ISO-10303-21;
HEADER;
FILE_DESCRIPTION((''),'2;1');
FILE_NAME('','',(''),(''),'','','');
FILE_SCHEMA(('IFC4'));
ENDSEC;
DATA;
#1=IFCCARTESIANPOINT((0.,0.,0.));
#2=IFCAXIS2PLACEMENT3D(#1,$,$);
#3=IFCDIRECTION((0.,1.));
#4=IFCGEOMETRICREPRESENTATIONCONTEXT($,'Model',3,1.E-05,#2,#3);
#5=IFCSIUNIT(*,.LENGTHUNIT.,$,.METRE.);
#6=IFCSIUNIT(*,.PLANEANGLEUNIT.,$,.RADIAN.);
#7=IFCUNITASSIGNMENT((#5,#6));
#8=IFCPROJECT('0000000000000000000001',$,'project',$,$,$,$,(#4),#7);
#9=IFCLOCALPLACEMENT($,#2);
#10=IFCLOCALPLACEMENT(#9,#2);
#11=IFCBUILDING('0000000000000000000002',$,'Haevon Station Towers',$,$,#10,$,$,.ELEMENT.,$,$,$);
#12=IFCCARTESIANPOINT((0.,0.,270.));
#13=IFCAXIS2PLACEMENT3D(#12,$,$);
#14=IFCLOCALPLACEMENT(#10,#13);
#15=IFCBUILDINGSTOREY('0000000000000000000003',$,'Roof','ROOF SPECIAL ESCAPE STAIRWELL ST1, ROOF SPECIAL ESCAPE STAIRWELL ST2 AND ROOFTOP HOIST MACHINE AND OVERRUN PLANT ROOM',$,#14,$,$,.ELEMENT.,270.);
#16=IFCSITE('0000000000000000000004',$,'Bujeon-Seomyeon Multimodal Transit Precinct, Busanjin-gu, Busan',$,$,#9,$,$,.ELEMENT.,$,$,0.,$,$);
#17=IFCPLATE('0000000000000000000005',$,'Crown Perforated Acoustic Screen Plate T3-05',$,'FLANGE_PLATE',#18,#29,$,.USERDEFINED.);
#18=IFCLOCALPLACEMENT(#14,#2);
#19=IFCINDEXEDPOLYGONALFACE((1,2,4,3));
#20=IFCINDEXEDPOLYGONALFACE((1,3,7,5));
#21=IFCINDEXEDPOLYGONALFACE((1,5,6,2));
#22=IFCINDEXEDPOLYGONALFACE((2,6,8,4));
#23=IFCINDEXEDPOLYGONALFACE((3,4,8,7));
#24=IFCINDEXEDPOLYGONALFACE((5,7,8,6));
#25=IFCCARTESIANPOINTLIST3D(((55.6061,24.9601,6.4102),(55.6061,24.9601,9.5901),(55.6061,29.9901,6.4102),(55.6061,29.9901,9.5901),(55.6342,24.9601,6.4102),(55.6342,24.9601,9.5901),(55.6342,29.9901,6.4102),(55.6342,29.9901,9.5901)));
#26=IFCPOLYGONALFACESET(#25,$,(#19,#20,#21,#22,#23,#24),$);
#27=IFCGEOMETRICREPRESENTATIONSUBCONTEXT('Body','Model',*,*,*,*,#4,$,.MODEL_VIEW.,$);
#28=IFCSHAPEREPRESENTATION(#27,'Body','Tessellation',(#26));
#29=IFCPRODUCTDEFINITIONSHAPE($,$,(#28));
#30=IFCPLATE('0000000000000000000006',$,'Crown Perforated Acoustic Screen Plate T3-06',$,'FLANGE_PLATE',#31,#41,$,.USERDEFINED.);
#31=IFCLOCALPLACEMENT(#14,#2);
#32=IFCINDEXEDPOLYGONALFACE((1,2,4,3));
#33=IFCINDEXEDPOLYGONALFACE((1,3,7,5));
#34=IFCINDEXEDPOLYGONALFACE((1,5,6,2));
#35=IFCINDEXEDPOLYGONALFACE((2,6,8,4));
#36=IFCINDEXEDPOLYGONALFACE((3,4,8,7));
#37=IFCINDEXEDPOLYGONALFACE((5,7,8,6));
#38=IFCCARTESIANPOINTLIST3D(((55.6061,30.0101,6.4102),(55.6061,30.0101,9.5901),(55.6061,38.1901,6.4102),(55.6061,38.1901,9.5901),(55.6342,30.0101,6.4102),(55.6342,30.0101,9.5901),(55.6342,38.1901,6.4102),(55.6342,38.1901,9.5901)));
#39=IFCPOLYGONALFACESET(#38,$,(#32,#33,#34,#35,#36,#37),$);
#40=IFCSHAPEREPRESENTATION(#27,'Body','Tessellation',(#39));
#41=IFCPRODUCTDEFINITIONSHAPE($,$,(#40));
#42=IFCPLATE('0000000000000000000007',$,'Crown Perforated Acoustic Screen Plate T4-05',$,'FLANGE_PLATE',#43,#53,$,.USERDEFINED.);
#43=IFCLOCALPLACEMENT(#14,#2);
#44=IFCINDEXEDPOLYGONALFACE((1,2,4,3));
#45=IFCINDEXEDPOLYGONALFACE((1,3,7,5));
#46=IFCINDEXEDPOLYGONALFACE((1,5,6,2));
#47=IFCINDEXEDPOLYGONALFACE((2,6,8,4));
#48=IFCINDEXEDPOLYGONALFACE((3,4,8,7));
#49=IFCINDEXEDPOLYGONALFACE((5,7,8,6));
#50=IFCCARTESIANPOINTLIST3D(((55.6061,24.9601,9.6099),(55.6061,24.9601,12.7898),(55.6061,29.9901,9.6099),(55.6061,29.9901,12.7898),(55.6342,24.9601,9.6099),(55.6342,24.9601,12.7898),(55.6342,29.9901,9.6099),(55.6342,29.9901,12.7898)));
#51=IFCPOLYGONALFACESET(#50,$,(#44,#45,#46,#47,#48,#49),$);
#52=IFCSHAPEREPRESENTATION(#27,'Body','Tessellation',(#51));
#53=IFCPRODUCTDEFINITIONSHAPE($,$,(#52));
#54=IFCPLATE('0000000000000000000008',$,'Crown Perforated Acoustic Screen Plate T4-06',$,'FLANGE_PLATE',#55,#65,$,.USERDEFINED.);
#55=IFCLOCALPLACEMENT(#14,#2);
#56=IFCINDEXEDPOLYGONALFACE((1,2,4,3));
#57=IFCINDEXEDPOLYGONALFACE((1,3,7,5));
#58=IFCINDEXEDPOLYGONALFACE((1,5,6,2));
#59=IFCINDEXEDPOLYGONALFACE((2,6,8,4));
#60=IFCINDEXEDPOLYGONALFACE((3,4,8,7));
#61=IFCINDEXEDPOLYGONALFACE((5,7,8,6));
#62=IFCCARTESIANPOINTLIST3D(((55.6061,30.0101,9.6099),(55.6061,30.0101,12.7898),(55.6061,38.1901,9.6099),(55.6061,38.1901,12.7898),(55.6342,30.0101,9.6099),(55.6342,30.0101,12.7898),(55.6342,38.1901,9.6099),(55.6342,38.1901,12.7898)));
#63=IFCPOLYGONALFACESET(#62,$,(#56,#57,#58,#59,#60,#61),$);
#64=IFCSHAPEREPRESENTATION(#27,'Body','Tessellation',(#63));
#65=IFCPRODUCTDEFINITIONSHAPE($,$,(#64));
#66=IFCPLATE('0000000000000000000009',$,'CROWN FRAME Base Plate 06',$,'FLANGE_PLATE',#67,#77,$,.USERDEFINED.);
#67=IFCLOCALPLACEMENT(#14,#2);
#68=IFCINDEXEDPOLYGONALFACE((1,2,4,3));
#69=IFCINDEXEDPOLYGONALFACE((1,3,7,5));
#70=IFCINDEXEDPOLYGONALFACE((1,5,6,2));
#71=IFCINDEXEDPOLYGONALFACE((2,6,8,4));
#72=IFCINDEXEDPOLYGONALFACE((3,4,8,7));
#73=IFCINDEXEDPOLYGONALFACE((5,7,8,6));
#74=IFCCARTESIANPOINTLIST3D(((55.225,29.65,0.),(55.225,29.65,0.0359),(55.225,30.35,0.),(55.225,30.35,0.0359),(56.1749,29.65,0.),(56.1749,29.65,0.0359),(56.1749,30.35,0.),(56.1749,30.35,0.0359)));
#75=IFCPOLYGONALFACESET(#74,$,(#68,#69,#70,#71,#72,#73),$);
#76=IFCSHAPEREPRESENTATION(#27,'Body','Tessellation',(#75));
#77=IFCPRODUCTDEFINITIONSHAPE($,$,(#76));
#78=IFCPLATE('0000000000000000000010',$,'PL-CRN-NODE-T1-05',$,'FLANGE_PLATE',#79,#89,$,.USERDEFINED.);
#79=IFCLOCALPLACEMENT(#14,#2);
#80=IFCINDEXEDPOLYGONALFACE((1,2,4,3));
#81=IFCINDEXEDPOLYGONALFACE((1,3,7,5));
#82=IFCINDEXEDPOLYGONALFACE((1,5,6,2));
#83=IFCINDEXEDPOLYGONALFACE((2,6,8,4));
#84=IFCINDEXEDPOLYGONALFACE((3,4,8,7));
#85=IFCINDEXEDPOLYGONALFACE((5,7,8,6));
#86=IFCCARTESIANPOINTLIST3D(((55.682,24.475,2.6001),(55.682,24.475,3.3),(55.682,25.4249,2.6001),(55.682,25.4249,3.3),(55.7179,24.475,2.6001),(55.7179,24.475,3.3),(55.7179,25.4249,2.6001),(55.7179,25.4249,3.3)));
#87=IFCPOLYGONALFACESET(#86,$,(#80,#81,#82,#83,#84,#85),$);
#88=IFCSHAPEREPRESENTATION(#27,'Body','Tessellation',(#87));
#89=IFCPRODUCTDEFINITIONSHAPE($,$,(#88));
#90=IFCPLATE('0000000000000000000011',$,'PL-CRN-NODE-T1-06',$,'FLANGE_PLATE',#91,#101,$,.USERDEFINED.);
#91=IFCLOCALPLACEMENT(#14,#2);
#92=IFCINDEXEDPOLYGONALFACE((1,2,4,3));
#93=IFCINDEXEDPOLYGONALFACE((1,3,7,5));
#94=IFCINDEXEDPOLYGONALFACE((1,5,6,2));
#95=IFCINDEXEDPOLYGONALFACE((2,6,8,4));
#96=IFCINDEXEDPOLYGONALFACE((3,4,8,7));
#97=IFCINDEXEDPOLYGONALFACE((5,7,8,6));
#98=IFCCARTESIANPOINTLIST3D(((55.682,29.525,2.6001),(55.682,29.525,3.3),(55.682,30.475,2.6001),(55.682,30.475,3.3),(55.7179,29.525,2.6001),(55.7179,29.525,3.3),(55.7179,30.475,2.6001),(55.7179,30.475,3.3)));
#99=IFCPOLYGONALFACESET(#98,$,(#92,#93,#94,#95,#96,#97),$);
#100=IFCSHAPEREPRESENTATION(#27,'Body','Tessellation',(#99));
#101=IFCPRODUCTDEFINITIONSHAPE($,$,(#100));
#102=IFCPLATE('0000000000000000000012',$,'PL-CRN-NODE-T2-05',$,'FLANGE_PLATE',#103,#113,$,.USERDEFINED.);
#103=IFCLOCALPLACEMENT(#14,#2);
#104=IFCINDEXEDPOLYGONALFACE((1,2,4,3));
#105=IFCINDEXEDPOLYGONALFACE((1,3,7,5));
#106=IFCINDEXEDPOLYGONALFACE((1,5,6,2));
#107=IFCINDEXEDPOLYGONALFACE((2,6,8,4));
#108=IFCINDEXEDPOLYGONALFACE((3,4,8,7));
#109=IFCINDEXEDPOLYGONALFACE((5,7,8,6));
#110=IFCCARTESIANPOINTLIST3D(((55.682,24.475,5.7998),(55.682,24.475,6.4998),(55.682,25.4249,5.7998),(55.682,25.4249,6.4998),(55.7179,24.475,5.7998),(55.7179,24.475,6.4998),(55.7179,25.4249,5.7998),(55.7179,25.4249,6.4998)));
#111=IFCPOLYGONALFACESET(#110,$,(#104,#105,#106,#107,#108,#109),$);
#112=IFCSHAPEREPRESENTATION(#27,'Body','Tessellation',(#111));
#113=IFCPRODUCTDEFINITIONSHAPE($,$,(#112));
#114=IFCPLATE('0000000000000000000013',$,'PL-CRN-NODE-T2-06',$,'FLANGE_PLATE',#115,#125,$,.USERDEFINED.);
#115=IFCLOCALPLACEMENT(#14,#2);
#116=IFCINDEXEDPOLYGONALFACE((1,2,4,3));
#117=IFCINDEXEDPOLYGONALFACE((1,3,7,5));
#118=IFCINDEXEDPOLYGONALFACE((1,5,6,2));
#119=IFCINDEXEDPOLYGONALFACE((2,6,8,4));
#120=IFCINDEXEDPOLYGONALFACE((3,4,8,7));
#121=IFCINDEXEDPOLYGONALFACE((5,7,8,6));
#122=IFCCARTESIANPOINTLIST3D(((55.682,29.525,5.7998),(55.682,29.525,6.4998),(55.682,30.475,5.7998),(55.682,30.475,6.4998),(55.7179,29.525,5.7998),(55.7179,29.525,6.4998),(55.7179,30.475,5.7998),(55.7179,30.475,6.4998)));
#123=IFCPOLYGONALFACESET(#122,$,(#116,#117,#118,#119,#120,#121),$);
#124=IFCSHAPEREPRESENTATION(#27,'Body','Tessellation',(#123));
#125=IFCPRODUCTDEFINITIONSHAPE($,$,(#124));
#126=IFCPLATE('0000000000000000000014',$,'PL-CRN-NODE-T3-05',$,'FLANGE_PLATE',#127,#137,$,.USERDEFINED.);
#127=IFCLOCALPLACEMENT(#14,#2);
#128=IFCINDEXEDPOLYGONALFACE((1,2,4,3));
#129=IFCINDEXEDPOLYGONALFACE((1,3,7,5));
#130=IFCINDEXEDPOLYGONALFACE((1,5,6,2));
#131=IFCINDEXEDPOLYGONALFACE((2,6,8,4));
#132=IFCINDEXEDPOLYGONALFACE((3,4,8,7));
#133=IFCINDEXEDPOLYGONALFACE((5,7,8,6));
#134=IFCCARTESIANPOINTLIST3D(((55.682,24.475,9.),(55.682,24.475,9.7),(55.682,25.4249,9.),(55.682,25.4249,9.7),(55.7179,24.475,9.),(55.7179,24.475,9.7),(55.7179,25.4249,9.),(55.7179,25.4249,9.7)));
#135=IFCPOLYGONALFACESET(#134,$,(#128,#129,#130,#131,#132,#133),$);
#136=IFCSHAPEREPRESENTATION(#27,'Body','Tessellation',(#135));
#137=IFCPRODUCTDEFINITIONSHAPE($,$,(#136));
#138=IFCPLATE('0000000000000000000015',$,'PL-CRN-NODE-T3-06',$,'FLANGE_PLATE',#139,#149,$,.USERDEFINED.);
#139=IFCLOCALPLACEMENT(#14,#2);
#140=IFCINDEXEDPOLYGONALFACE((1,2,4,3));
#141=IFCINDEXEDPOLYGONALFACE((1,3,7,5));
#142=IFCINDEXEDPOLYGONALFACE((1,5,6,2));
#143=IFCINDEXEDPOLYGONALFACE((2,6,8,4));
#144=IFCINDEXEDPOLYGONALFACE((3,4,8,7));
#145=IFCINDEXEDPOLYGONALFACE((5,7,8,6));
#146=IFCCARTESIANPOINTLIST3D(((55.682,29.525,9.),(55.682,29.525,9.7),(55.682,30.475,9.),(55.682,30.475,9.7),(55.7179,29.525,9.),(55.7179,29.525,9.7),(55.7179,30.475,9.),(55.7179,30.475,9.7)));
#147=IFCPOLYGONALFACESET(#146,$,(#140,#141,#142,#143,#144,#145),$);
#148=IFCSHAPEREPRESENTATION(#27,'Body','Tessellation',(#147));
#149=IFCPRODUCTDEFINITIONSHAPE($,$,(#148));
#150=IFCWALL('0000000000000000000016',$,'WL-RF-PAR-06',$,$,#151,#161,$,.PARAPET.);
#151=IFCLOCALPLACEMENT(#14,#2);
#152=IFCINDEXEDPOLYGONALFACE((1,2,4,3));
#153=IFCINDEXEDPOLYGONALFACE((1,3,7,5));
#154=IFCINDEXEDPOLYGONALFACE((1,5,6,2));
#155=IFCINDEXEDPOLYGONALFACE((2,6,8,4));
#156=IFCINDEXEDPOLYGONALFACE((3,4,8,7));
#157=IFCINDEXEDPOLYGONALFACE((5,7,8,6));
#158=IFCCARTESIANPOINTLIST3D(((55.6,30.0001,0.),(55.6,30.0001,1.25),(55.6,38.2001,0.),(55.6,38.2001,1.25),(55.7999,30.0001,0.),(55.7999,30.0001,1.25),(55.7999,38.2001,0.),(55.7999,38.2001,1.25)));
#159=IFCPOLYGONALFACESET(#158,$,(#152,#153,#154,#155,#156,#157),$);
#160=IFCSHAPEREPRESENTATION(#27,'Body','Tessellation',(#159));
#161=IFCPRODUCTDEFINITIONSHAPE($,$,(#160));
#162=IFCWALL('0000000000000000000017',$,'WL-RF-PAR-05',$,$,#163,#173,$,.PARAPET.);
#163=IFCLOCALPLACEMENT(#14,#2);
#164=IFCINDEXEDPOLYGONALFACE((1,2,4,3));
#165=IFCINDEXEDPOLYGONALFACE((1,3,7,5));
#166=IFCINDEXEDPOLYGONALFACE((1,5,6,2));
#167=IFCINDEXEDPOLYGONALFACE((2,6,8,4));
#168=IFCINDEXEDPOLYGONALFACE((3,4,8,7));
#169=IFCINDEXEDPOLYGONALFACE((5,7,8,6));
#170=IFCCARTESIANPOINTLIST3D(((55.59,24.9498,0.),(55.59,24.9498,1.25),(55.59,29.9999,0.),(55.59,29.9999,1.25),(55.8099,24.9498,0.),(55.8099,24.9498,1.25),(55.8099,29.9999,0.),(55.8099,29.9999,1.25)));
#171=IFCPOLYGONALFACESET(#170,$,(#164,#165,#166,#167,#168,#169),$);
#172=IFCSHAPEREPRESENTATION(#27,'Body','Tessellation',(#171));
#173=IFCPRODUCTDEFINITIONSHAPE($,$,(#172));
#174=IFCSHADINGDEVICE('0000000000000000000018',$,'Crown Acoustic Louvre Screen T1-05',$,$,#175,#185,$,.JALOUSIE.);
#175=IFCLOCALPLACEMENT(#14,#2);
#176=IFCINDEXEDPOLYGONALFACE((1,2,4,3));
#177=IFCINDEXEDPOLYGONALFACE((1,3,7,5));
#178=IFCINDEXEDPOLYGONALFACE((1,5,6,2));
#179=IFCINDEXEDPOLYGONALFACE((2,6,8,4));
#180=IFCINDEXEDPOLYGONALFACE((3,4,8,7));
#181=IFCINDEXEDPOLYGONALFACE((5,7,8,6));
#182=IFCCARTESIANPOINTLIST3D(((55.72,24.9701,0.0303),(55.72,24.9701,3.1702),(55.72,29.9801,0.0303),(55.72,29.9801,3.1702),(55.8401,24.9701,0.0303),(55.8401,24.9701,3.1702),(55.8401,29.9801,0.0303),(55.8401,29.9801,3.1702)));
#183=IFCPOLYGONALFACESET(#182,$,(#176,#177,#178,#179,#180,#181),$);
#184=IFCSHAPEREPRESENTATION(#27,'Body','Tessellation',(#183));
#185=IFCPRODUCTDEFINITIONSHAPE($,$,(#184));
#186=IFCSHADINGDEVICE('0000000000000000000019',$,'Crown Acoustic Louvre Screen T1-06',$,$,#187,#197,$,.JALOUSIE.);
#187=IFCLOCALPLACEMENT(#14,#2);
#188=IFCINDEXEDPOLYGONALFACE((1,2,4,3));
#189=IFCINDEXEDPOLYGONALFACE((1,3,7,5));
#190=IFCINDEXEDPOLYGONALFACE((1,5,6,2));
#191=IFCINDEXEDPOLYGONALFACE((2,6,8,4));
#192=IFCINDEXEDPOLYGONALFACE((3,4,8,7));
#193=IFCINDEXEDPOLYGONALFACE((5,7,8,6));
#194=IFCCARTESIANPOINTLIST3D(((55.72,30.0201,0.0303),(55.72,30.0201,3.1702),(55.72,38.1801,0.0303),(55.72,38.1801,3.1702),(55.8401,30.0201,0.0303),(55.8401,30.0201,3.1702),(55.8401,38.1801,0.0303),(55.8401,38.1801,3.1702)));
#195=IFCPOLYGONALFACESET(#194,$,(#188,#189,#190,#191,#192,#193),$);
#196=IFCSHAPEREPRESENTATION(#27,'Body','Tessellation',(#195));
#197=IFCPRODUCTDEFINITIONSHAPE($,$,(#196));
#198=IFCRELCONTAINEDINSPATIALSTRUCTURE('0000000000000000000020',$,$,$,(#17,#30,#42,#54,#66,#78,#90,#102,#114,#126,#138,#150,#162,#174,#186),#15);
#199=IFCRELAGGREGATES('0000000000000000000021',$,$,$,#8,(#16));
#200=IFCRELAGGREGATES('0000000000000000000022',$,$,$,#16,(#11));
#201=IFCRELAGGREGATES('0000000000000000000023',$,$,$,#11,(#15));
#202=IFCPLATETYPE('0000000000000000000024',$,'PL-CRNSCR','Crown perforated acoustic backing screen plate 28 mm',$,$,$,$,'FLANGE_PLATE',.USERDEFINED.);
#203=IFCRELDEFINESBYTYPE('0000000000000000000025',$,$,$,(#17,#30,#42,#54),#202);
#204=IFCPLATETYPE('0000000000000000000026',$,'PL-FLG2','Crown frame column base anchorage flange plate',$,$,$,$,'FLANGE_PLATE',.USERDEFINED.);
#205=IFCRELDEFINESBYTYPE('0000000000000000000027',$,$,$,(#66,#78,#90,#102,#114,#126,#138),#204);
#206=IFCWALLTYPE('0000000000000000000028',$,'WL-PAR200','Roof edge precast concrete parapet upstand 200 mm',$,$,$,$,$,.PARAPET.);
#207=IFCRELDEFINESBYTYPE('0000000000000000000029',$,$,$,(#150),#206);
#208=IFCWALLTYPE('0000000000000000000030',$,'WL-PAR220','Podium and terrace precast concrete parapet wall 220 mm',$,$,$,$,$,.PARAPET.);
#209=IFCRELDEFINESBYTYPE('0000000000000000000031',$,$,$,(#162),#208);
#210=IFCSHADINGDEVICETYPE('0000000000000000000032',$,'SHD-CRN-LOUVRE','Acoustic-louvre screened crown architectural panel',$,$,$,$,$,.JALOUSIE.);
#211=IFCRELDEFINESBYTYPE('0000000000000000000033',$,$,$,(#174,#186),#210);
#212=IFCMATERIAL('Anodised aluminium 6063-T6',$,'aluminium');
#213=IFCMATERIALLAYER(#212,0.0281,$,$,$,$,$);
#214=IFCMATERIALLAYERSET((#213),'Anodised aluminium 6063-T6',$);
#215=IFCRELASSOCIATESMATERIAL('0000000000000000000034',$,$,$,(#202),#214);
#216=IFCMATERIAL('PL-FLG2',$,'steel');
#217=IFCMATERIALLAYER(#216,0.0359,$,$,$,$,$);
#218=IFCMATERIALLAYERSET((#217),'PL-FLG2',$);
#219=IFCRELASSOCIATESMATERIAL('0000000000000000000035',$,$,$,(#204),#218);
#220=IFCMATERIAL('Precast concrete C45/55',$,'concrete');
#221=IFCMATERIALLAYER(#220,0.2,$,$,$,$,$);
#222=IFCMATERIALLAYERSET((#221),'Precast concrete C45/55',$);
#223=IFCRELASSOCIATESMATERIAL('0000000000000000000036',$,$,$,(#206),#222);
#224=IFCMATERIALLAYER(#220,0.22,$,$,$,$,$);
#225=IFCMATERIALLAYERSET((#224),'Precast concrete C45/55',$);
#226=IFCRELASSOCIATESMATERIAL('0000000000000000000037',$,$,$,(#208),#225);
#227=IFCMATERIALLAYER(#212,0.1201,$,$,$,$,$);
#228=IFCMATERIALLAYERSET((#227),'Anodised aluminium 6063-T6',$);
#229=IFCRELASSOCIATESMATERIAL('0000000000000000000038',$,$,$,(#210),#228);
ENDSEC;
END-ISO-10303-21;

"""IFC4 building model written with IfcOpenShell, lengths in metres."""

from ifc_helpers import new_model, si_unit, direction, frame, frame_2d, origin, origin_2d, place, context, subcontext, project, spatial, rectangle, extrude, material, layer, layer_set, type_object, element, save


model = new_model("IFC4")

# Units and contexts
model_context = context("Model", 3, precision=1e-05, world=origin(), true_north=direction((0.0, 1.0)))
body_context = subcontext(model_context, "Body", "Model", "MODEL_VIEW")
ifc_project = project(units=[si_unit("LENGTHUNIT", "METRE"), si_unit("PLANEANGLEUNIT", "RADIAN")], contexts=[model_context])

# Site, building, storey
site_placement = place(None, origin())
site = spatial("IfcSite", under=ifc_project, at=site_placement, Name="Bujeon-Seomyeon Multimodal Transit Precinct, Busanjin-gu, Busan", CompositionType="ELEMENT", RefElevation=0.0)
building_placement = place(site_placement, origin())
building = spatial("IfcBuilding", under=site, at=building_placement, Name="Haevon Station Towers", CompositionType="ELEMENT")
storey_placement = place(building_placement, frame((0.0, 0.0, 270.0)))
storey = spatial("IfcBuildingStorey", under=building, at=storey_placement, Name="Roof", Description="ROOF SPECIAL ESCAPE STAIRWELL ST1, ROOF SPECIAL ESCAPE STAIRWELL ST2 AND ROOFTOP HOIST MACHINE AND OVERRUN PLANT ROOM", CompositionType="ELEMENT", Elevation=270.0)

# Plates
ifc_material_1 = material(Name="Anodised aluminium 6063-T6", Category="aluminium")
ifc_layer_1 = layer(ifc_material_1, 0.0281)
ifc_layer_set_1 = layer_set([ifc_layer_1], Name="Anodised aluminium 6063-T6")
plate_type_1 = type_object("IfcPlateType", Name="PL-CRNSCR", Description="Crown perforated acoustic backing screen plate 28 mm", ElementType="FLANGE_PLATE", PredefinedType="USERDEFINED", material=ifc_layer_set_1)
plate_1_placement = place(storey_placement, frame((55.6201, 27.4751, 6.4102), z_axis=(0.0, 0.0, 1.0), x_axis=(0.0, 1.0, 0.0)))
element("IfcPlate", 1, at=plate_1_placement, inside=storey, type_object=plate_type_1, Name="Crown Perforated Acoustic Screen Plate T3-05", ObjectType="FLANGE_PLATE", PredefinedType="USERDEFINED", context=body_context, shape_type="SweptSolid", body=[
    extrude(rectangle(XDim=5.03, YDim=0.0281, at=origin_2d()), origin(), (0.0, 0.0, 1.0), 3.1799),
])
plate_2_placement = place(storey_placement, frame((55.6201, 34.1001, 6.4102), z_axis=(0.0, 0.0, 1.0), x_axis=(0.0, 1.0, 0.0)))
element("IfcPlate", 2, at=plate_2_placement, inside=storey, type_object=plate_type_1, Name="Crown Perforated Acoustic Screen Plate T3-06", ObjectType="FLANGE_PLATE", PredefinedType="USERDEFINED", context=body_context, shape_type="SweptSolid", body=[
    extrude(rectangle(XDim=8.1799, YDim=0.0281, at=origin_2d()), origin(), (0.0, 0.0, 1.0), 3.1799),
])
plate_3_placement = place(storey_placement, frame((55.6201, 27.4751, 9.6099), z_axis=(0.0, 0.0, 1.0), x_axis=(0.0, 1.0, 0.0)))
element("IfcPlate", 3, at=plate_3_placement, inside=storey, type_object=plate_type_1, Name="Crown Perforated Acoustic Screen Plate T4-05", ObjectType="FLANGE_PLATE", PredefinedType="USERDEFINED", context=body_context, shape_type="SweptSolid", body=[
    extrude(rectangle(XDim=5.03, YDim=0.0281, at=origin_2d()), origin(), (0.0, 0.0, 1.0), 3.1799),
])
plate_4_placement = place(storey_placement, frame((55.6201, 34.1001, 9.6099), z_axis=(0.0, 0.0, 1.0), x_axis=(0.0, 1.0, 0.0)))
element("IfcPlate", 4, at=plate_4_placement, inside=storey, type_object=plate_type_1, Name="Crown Perforated Acoustic Screen Plate T4-06", ObjectType="FLANGE_PLATE", PredefinedType="USERDEFINED", context=body_context, shape_type="SweptSolid", body=[
    extrude(rectangle(XDim=8.1799, YDim=0.0281, at=origin_2d()), origin(), (0.0, 0.0, 1.0), 3.1799),
])
ifc_material_2 = material(Name="PL-FLG2", Category="steel")
ifc_layer_2 = layer(ifc_material_2, 0.0359)
ifc_layer_set_2 = layer_set([ifc_layer_2], Name="PL-FLG2")
plate_type_2 = type_object("IfcPlateType", Name="PL-FLG2", Description="Crown frame column base anchorage flange plate", ElementType="FLANGE_PLATE", PredefinedType="USERDEFINED", material=ifc_layer_set_2)
plate_5_placement = place(storey_placement, frame((55.7, 30.0, 0.0), z_axis=(0.0, 0.0, 1.0), x_axis=(1.0, 0.0, 0.0)))
element("IfcPlate", 5, at=plate_5_placement, inside=storey, type_object=plate_type_2, Name="CROWN FRAME Base Plate 06", ObjectType="FLANGE_PLATE", PredefinedType="USERDEFINED", context=body_context, shape_type="SweptSolid", body=[
    extrude(rectangle(XDim=0.95, YDim=0.7, at=origin_2d()), origin(), (0.0, 0.0, 1.0), 0.0359),
])
for number, where, z_axis, x_axis, name in (
    (6, (55.7, 24.95, 2.6001), (0.0, 0.0, 1.0), (0.0, 1.0, 0.0), "PL-CRN-NODE-T1-05"),
    (7, (55.7, 30.0, 2.6001), (0.0, 0.0, 1.0), (0.0, 1.0, 0.0), "PL-CRN-NODE-T1-06"),
    (8, (55.7, 24.95, 5.7998), (0.0, 0.0, 1.0), (0.0, 1.0, 0.0), "PL-CRN-NODE-T2-05"),
    (9, (55.7, 30.0, 5.7998), (0.0, 0.0, 1.0), (0.0, 1.0, 0.0), "PL-CRN-NODE-T2-06"),
    (10, (55.7, 24.95, 9.0), (0.0, 0.0, 1.0), (0.0, 1.0, 0.0), "PL-CRN-NODE-T3-05"),
    (11, (55.7, 30.0, 9.0), (0.0, 0.0, 1.0), (0.0, 1.0, 0.0), "PL-CRN-NODE-T3-06"),
):
    element("IfcPlate", number, at=place(storey_placement, frame(where, z_axis=z_axis, x_axis=x_axis)), inside=storey, type_object=plate_type_2, Name=name, ObjectType="FLANGE_PLATE", PredefinedType="USERDEFINED", context=body_context, shape_type="SweptSolid", body=[
        extrude(rectangle(XDim=0.95, YDim=0.0359, at=origin_2d()), origin(), (0.0, 0.0, 1.0), 0.7),
    ])

# Walls
ifc_material_3 = material(Name="Precast concrete C45/55", Category="concrete")
ifc_layer_3 = layer(ifc_material_3, 0.2)
ifc_layer_set_3 = layer_set([ifc_layer_3], Name="Precast concrete C45/55")
wall_type_1 = type_object("IfcWallType", Name="WL-PAR200", Description="Roof edge precast concrete parapet upstand 200 mm", PredefinedType="PARAPET", material=ifc_layer_set_3)
wall_1_placement = place(storey_placement, frame((55.7, 30.0, 0.0), z_axis=(0.0, 0.0, 1.0), x_axis=(0.0, 1.0, 0.0)))
element("IfcWall", 12, at=wall_1_placement, inside=storey, type_object=wall_type_1, Name="WL-RF-PAR-06", PredefinedType="PARAPET", context=body_context, shape_type="SweptSolid", body=[
    extrude(rectangle(XDim=8.2, YDim=0.2, at=frame_2d((4.1001, 0.0))), origin(), (0.0, 0.0, 1.0), 1.25),
])
ifc_layer_4 = layer(ifc_material_3, 0.22)
ifc_layer_set_4 = layer_set([ifc_layer_4], Name="Precast concrete C45/55")
wall_type_2 = type_object("IfcWallType", Name="WL-PAR220", Description="Podium and terrace precast concrete parapet wall 220 mm", PredefinedType="PARAPET", material=ifc_layer_set_4)
wall_2_placement = place(storey_placement, frame((55.7, 24.95, 0.0), z_axis=(0.0, 0.0, 1.0), x_axis=(0.0, 1.0, 0.0)))
element("IfcWall", 13, at=wall_2_placement, inside=storey, type_object=wall_type_2, Name="WL-RF-PAR-05", PredefinedType="PARAPET", context=body_context, shape_type="SweptSolid", body=[
    extrude(rectangle(XDim=5.05, YDim=0.22, at=frame_2d((2.5249, 0.0))), origin(), (0.0, 0.0, 1.0), 1.25),
])

# Shading devices
ifc_layer_5 = layer(ifc_material_1, 0.1201)
ifc_layer_set_5 = layer_set([ifc_layer_5], Name="Anodised aluminium 6063-T6")
shading_device_type = type_object("IfcShadingDeviceType", Name="SHD-CRN-LOUVRE", Description="Acoustic-louvre screened crown architectural panel", PredefinedType="JALOUSIE", material=ifc_layer_set_5)
shading_device_1_placement = place(storey_placement, frame((55.78, 27.4751, 0.0303), z_axis=(0.0, 0.0, 1.0), x_axis=(0.0, 1.0, 0.0)))
element("IfcShadingDevice", 14, at=shading_device_1_placement, inside=storey, type_object=shading_device_type, Name="Crown Acoustic Louvre Screen T1-05", PredefinedType="JALOUSIE", context=body_context, shape_type="SweptSolid", body=[
    extrude(rectangle(XDim=5.01, YDim=0.1201, at=origin_2d()), origin(), (0.0, 0.0, 1.0), 3.1399),
])
shading_device_2_placement = place(storey_placement, frame((55.78, 34.1001, 0.0303), z_axis=(0.0, 0.0, 1.0), x_axis=(0.0, 1.0, 0.0)))
element("IfcShadingDevice", 15, at=shading_device_2_placement, inside=storey, type_object=shading_device_type, Name="Crown Acoustic Louvre Screen T1-06", PredefinedType="JALOUSIE", context=body_context, shape_type="SweptSolid", body=[
    extrude(rectangle(XDim=8.1599, YDim=0.1201, at=origin_2d()), origin(), (0.0, 0.0, 1.0), 3.1399),
])

save(model, "model.ifc")
